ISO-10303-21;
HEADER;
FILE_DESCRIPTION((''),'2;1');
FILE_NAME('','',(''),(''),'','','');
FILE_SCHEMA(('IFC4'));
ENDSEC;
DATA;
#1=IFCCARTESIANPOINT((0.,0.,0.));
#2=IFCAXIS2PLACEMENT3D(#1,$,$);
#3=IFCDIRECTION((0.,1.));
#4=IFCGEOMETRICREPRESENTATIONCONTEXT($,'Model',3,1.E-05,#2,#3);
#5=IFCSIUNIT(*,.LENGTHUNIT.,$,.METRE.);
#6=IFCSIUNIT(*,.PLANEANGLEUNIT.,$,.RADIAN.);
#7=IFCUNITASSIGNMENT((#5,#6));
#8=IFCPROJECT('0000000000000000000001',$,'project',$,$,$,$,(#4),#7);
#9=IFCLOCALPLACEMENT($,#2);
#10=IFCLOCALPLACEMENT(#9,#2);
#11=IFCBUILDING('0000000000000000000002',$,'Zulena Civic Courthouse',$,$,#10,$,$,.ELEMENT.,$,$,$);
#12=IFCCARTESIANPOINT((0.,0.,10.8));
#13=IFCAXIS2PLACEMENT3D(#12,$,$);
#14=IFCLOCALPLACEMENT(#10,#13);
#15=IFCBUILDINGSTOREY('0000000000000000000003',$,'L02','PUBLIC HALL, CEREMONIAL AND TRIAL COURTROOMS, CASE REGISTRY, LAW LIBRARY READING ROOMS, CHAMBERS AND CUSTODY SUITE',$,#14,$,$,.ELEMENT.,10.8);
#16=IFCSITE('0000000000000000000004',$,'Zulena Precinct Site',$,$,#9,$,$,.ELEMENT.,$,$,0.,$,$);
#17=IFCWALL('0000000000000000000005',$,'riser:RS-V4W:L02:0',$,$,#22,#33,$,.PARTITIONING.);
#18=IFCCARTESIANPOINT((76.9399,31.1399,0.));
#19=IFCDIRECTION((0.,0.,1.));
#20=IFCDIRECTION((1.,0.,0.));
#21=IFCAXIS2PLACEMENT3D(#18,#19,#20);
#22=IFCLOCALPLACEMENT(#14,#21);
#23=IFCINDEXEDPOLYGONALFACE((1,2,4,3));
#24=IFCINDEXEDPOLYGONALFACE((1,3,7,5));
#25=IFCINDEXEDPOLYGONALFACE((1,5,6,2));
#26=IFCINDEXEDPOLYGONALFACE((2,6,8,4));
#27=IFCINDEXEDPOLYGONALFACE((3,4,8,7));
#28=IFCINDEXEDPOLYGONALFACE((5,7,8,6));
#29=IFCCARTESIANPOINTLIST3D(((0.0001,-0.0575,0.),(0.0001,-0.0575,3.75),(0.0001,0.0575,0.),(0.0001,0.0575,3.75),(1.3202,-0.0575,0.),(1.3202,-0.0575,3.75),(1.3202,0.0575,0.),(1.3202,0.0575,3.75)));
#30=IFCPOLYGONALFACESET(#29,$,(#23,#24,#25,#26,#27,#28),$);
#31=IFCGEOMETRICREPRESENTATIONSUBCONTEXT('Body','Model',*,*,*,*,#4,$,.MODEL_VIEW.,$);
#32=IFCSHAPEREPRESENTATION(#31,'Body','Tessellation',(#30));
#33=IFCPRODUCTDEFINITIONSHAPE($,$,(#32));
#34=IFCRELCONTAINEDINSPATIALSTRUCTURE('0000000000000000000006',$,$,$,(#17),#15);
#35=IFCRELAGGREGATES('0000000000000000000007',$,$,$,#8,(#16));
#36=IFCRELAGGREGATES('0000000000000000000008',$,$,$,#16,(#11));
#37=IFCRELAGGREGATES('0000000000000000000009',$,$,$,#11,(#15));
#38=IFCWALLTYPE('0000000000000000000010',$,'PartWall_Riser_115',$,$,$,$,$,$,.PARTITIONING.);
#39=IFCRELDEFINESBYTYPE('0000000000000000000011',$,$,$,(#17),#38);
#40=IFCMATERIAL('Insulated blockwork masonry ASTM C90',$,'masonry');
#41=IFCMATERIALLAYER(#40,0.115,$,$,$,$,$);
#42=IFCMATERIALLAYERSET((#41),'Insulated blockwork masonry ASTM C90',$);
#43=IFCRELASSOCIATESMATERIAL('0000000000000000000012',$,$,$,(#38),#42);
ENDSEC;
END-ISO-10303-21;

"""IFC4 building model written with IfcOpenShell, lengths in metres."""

from ifc_helpers import new_model, si_unit, direction, frame, frame_2d, origin, place, context, subcontext, project, spatial, rectangle, extrude, material, layer, layer_set, type_object, element, save


model = new_model("IFC4")

# Units and contexts
model_context = context("Model", 3, precision=1e-05, world=origin(), true_north=direction((0.0, 1.0)))
body_context = subcontext(model_context, "Body", "Model", "MODEL_VIEW")
ifc_project = project(units=[si_unit("LENGTHUNIT", "METRE"), si_unit("PLANEANGLEUNIT", "RADIAN")], contexts=[model_context])

# Site, building, storey
site_placement = place(None, origin())
site = spatial("IfcSite", under=ifc_project, at=site_placement, Name="Zulena Precinct Site", CompositionType="ELEMENT", RefElevation=0.0)
building_placement = place(site_placement, origin())
building = spatial("IfcBuilding", under=site, at=building_placement, Name="Zulena Civic Courthouse", CompositionType="ELEMENT")
storey_placement = place(building_placement, frame((0.0, 0.0, 10.8)))
storey = spatial("IfcBuildingStorey", under=building, at=storey_placement, Name="L02", Description="PUBLIC HALL, CEREMONIAL AND TRIAL COURTROOMS, CASE REGISTRY, LAW LIBRARY READING ROOMS, CHAMBERS AND CUSTODY SUITE", CompositionType="ELEMENT", Elevation=10.8)

# Wall
ifc_material_1 = material(Name="Insulated blockwork masonry ASTM C90", Category="masonry")
ifc_layer_1 = layer(ifc_material_1, 0.115)
ifc_layer_set_1 = layer_set([ifc_layer_1], Name="Insulated blockwork masonry ASTM C90")
wall_type_1 = type_object("IfcWallType", Name="PartWall_Riser_115", PredefinedType="PARTITIONING", material=ifc_layer_set_1)
for number, where, z_axis, x_axis, name in (
    (1, (76.9399, 31.1399, 0.0), (0.0, 0.0, 1.0), (1.0, 0.0, 0.0), "riser:RS-V4W:L02:0"),
):
    element("IfcWall", number, at=place(storey_placement, frame(where, z_axis=z_axis, x_axis=x_axis)), inside=storey, type_object=wall_type_1, Name=name, PredefinedType="PARTITIONING", context=body_context, shape_type="SweptSolid", body=[
        extrude(rectangle(XDim=1.3201, YDim=0.115, at=frame_2d((0.6602, 0.0))), origin(), (0.0, 0.0, 1.0), 3.75),
    ])

save(model, "model.ifc")
